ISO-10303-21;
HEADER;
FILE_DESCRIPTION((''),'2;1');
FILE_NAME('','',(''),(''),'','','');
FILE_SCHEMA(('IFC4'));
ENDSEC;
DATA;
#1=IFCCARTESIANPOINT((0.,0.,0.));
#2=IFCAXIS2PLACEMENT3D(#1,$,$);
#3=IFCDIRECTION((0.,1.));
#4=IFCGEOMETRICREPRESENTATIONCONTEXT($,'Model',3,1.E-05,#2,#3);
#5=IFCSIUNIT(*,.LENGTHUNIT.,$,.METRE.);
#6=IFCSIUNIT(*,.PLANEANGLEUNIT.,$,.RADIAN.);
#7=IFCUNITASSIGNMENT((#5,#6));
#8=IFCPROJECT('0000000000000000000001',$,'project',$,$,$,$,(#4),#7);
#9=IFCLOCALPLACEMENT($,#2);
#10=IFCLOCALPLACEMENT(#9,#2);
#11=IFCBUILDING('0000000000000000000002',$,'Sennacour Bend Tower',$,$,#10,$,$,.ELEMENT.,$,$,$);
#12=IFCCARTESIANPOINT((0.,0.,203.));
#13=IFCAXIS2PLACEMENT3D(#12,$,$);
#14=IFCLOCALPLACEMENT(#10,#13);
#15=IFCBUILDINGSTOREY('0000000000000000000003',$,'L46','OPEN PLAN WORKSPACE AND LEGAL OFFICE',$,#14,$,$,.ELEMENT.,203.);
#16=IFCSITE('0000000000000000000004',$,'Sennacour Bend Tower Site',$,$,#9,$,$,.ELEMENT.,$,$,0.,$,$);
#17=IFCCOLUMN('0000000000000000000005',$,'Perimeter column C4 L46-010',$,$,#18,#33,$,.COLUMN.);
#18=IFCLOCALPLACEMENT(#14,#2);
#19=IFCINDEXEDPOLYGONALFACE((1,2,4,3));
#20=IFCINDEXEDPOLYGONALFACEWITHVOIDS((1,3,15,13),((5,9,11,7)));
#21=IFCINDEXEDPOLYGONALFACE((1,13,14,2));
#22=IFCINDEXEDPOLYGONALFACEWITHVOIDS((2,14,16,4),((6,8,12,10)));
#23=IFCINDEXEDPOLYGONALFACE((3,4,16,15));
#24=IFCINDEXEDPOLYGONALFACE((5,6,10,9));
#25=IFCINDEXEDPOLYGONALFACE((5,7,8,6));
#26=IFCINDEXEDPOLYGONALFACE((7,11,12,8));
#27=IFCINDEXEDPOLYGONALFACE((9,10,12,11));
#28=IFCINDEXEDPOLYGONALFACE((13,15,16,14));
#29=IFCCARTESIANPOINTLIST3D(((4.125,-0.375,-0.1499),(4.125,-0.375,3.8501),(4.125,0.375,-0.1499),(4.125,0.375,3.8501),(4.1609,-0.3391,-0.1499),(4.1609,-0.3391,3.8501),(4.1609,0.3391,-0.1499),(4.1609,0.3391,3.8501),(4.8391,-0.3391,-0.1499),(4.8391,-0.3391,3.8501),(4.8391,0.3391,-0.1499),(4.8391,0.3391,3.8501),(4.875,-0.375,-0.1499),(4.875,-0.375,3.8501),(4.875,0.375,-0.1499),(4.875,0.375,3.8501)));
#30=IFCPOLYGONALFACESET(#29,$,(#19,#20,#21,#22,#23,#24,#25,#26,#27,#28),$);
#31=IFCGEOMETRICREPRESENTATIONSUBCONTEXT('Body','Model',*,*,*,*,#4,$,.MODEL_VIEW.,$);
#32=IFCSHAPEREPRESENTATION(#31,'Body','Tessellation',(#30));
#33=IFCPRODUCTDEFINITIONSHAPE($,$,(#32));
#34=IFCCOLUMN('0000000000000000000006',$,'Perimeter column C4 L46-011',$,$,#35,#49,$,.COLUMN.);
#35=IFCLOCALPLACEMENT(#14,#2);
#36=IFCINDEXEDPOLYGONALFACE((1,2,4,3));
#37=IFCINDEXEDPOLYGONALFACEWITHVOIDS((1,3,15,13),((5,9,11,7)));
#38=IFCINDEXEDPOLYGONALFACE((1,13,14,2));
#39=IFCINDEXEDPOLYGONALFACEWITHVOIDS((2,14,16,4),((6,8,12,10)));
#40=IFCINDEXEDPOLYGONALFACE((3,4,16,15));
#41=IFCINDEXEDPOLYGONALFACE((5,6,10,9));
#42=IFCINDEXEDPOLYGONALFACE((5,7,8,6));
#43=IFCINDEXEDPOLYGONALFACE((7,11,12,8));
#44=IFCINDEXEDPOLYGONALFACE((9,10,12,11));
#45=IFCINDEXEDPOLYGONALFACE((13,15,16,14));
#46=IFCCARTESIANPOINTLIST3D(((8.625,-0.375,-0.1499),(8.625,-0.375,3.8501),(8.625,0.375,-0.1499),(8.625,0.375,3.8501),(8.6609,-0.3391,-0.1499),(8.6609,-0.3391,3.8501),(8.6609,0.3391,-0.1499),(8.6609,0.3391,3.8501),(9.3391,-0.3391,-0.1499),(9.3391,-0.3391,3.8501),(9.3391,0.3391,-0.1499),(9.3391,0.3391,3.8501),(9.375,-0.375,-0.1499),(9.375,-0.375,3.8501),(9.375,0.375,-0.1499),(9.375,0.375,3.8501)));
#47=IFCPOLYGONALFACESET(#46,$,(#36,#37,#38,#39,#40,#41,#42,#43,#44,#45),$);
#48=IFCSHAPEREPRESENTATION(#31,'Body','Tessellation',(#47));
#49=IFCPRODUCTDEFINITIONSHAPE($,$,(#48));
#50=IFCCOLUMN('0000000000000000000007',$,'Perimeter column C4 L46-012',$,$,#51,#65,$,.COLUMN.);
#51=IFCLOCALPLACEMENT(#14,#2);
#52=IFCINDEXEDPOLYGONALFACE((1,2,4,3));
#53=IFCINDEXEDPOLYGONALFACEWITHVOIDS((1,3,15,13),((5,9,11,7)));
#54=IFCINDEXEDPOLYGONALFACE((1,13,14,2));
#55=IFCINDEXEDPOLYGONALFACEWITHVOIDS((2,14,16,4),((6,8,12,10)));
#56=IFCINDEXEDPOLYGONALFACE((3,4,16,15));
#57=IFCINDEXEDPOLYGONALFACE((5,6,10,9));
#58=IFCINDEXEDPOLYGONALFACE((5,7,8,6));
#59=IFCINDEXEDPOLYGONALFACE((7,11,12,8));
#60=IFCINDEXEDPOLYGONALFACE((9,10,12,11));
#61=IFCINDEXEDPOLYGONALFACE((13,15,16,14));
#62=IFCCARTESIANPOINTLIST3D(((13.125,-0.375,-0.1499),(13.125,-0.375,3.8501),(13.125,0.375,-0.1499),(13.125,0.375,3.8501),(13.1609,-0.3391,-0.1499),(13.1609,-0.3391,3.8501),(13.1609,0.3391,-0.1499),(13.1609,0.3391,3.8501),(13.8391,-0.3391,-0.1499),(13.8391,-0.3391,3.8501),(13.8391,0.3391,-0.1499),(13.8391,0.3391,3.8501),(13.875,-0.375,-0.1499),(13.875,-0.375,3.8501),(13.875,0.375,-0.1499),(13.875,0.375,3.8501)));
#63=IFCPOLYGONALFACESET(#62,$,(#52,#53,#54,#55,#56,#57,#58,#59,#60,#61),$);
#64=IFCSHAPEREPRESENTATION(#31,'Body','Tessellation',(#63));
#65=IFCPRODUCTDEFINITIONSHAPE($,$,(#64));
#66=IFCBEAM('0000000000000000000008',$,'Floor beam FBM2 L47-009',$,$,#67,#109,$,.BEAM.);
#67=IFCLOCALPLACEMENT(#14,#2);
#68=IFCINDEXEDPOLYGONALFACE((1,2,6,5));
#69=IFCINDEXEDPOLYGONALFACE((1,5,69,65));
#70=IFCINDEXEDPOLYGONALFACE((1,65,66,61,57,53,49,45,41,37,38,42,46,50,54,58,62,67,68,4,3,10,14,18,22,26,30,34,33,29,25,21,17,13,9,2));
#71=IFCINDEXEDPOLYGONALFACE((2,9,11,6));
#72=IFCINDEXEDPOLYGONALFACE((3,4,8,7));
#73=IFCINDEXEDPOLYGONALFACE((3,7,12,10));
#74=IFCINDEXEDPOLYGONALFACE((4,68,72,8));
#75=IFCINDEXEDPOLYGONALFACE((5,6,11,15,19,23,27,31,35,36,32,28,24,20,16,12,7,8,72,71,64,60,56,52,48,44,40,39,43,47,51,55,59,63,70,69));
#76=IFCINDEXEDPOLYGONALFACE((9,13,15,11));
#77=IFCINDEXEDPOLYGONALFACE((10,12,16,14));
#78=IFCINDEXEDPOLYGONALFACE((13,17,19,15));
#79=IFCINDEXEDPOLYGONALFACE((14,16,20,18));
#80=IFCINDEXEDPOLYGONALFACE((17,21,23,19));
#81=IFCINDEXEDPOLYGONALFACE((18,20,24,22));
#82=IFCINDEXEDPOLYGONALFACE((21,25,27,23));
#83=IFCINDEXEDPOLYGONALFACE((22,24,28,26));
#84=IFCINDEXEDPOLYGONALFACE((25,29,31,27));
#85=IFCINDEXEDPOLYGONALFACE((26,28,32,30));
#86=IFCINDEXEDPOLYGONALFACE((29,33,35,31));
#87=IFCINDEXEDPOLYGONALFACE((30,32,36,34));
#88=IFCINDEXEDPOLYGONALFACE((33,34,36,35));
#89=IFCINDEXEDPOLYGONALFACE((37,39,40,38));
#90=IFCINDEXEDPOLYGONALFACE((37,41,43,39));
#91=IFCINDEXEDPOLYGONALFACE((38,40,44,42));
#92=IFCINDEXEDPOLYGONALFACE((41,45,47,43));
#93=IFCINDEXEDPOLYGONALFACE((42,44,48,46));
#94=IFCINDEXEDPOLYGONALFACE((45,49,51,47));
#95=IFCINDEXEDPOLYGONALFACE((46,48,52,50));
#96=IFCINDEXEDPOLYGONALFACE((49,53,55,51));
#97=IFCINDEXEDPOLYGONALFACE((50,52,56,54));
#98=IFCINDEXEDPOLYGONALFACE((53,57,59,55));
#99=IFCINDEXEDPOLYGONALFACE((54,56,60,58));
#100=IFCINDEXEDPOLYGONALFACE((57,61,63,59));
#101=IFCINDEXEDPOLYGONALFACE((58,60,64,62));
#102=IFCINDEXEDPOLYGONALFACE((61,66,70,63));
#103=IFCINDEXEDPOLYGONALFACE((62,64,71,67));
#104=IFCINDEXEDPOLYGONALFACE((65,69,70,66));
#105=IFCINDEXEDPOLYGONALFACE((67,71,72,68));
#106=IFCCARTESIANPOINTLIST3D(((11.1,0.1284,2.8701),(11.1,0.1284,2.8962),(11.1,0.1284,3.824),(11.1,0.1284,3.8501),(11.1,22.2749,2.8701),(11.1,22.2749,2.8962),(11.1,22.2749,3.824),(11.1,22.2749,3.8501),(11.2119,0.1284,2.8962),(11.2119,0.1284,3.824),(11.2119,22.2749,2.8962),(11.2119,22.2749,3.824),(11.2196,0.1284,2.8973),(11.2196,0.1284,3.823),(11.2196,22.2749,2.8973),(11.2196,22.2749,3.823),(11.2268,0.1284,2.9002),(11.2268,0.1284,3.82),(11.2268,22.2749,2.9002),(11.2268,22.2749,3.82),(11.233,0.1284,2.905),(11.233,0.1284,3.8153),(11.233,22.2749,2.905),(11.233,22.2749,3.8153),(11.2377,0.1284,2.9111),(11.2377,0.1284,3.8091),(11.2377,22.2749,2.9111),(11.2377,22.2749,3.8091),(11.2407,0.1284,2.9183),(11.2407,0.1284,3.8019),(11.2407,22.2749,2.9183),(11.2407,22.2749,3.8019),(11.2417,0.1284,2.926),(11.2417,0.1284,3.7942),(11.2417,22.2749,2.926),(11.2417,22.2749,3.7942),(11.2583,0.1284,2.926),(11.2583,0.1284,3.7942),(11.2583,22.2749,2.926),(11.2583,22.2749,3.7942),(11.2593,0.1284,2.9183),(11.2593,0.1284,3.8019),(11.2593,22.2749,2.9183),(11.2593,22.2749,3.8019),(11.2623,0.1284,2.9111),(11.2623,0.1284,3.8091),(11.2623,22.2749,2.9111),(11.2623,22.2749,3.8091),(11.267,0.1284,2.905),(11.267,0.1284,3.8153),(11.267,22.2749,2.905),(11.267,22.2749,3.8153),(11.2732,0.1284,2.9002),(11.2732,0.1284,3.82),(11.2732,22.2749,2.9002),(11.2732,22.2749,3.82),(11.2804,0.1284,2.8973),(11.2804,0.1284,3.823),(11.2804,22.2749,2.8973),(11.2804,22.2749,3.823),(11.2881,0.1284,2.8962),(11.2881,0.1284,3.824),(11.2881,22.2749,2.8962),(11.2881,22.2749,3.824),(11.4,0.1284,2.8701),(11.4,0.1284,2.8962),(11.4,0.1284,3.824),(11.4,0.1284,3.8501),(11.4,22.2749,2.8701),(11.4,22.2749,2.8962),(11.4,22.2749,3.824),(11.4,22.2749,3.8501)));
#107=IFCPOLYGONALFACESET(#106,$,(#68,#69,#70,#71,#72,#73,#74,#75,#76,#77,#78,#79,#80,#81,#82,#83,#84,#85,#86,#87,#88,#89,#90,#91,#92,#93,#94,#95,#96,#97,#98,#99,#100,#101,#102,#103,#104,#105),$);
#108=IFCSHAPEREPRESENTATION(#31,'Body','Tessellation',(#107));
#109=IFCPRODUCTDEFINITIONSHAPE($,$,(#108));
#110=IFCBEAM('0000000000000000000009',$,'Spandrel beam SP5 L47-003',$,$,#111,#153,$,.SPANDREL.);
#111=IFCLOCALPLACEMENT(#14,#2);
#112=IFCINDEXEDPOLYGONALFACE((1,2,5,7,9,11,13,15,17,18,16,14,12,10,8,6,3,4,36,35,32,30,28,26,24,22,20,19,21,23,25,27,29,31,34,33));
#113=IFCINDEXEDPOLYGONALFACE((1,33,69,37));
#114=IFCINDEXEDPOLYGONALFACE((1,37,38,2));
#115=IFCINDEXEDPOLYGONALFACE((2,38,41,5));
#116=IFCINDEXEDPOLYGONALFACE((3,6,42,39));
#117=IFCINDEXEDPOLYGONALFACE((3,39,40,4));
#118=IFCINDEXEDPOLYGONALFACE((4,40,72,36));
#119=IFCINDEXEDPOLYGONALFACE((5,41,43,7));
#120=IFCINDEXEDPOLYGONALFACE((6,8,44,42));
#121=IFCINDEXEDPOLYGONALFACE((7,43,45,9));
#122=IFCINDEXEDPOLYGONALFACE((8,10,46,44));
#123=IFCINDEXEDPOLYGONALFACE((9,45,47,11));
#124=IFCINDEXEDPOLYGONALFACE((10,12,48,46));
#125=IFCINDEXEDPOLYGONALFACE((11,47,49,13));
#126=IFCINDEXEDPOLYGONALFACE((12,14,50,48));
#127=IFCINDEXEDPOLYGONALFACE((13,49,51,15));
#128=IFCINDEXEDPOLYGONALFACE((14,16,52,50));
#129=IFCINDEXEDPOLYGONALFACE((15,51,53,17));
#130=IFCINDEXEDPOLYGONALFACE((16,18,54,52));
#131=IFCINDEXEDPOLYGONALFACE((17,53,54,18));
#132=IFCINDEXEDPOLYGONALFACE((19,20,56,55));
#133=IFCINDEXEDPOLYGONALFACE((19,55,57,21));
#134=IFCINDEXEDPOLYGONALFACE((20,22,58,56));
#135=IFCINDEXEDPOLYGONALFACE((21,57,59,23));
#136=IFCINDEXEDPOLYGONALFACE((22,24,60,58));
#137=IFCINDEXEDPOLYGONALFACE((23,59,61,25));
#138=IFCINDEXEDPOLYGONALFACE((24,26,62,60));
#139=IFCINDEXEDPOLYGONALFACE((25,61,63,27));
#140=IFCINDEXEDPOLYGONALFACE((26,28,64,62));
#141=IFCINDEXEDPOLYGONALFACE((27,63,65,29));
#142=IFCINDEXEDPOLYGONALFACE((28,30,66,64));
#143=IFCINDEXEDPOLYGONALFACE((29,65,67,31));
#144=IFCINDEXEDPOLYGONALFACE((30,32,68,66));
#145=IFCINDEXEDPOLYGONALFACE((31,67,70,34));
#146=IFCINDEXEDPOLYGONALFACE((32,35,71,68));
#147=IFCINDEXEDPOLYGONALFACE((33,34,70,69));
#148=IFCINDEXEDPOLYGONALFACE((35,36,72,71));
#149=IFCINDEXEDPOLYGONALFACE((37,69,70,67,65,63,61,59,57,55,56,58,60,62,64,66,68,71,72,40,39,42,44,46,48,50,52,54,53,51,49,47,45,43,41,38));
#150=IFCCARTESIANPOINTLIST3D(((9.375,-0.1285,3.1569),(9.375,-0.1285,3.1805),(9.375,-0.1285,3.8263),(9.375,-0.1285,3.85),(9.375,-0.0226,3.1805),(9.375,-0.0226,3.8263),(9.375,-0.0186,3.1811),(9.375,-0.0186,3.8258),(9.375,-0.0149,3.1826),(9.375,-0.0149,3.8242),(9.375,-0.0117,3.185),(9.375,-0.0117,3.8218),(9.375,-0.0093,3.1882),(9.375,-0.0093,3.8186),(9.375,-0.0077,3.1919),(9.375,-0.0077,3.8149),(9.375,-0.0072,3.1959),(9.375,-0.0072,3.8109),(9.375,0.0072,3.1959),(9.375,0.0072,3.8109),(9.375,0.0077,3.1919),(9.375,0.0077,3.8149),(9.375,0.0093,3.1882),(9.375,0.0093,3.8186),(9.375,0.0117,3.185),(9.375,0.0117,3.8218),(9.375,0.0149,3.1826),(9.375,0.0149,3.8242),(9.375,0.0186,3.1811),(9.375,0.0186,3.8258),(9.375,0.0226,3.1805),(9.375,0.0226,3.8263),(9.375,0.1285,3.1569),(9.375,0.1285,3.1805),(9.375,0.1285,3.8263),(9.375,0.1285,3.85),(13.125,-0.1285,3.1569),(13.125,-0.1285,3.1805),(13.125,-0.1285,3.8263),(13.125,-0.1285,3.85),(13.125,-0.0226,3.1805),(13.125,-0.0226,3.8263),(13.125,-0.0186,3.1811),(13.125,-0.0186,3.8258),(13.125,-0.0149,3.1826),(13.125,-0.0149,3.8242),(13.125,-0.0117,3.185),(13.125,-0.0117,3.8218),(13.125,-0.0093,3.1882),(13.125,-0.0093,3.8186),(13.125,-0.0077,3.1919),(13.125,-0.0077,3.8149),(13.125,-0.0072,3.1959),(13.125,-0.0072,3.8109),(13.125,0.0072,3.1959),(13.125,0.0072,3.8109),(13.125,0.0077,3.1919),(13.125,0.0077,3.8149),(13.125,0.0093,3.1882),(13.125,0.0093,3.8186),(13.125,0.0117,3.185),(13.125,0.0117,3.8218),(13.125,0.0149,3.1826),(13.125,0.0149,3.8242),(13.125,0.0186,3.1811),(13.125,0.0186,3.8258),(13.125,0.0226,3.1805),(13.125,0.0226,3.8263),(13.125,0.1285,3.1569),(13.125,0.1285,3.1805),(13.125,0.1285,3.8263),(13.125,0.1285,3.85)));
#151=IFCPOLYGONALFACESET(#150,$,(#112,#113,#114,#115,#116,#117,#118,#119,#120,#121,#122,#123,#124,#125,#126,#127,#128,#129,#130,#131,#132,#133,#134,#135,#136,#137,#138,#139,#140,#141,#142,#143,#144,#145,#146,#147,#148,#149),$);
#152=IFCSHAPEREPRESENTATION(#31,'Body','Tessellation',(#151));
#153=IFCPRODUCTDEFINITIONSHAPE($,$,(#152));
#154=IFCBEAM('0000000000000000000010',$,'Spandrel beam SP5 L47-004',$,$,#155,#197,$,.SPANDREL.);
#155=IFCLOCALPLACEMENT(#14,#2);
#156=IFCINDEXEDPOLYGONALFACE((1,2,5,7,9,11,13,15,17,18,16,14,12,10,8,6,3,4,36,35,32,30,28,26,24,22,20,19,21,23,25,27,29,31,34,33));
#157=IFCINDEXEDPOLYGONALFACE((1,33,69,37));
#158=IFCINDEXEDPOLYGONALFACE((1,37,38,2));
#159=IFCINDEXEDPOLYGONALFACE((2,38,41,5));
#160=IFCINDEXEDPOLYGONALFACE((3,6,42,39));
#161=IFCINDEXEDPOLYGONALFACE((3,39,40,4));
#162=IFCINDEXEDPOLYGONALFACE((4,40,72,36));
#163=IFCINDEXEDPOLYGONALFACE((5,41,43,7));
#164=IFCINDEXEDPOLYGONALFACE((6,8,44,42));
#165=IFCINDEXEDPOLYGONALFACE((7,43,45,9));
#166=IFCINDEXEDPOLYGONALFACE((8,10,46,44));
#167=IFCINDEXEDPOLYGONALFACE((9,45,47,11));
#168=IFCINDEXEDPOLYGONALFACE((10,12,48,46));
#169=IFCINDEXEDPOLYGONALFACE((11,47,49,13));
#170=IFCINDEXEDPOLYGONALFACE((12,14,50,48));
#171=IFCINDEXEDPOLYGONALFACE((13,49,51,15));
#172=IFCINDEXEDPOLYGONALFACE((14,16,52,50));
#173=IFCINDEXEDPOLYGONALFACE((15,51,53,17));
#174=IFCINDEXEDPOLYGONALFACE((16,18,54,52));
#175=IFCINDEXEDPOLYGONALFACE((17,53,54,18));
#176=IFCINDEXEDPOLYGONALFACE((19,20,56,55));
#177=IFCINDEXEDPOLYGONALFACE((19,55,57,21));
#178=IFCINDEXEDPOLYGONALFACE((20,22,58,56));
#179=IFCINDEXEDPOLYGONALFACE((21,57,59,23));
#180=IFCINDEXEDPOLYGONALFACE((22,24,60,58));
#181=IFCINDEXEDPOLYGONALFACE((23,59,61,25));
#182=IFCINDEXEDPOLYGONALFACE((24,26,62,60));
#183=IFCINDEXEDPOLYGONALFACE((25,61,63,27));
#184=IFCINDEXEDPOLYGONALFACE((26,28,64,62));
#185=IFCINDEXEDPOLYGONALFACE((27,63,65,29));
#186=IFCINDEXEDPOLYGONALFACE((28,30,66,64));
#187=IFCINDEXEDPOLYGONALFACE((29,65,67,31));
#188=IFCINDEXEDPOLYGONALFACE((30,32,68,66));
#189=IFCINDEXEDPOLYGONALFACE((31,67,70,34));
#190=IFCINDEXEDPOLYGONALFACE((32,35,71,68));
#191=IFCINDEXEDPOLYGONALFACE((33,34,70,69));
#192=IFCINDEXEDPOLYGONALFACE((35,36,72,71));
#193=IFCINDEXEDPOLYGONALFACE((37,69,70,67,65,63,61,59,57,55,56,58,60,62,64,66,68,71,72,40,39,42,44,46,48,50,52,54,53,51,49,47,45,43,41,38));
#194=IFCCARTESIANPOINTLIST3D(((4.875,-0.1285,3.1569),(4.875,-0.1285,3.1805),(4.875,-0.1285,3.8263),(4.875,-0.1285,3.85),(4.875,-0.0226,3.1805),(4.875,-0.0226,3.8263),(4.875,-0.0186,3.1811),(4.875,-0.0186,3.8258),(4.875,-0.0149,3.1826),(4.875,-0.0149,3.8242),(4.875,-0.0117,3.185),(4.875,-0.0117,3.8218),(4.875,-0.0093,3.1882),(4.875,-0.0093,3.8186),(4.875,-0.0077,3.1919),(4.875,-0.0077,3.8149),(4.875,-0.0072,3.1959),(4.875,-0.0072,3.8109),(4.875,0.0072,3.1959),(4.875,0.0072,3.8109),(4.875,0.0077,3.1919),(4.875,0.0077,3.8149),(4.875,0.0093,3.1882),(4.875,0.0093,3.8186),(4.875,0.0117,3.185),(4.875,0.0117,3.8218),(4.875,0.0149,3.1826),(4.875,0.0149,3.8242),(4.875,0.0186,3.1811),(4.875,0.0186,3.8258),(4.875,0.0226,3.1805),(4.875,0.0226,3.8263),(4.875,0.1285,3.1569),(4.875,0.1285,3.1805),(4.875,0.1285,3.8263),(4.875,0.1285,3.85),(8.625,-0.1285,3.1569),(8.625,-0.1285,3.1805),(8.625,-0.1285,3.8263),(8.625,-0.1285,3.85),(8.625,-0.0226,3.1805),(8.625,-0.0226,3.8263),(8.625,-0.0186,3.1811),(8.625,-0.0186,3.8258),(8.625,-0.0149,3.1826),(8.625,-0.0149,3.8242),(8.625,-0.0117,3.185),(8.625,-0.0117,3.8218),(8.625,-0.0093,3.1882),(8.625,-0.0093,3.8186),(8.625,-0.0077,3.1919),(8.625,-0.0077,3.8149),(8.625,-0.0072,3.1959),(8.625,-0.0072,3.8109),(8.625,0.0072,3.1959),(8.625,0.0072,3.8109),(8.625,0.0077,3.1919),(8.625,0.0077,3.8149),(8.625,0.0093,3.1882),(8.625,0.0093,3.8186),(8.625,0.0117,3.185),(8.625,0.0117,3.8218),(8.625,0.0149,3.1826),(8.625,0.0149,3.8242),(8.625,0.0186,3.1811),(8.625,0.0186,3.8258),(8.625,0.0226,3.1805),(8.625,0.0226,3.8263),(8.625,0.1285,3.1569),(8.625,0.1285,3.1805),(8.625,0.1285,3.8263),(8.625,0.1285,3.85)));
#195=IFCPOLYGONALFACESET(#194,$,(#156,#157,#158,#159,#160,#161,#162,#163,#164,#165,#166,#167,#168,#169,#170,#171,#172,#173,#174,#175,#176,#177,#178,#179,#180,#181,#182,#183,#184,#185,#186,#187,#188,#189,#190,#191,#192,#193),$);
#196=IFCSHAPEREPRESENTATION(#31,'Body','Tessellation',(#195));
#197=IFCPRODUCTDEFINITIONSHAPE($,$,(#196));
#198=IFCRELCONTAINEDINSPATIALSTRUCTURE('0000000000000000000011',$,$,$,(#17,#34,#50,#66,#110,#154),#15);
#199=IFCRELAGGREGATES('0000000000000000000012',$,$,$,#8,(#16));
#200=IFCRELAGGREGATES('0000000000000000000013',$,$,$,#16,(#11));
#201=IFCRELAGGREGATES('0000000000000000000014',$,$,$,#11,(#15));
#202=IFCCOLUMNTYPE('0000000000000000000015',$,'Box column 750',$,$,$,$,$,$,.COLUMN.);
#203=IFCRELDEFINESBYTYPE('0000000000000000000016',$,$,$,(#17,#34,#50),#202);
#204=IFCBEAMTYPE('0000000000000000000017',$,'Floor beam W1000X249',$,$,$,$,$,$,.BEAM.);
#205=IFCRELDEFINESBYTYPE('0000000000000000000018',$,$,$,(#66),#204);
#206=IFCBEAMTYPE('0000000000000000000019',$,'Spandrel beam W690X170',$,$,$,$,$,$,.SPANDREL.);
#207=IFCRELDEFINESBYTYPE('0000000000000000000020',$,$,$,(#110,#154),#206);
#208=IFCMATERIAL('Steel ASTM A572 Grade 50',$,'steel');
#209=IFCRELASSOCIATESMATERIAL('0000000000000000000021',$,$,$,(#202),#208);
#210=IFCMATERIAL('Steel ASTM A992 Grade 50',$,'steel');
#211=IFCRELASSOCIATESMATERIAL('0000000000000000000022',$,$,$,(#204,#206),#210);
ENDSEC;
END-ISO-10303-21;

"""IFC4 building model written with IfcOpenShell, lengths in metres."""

from ifc_helpers import new_model, si_unit, direction, frame, origin, origin_2d, place, context, subcontext, project, spatial, hollow_rectangle, i_section, extrude, material, material_profile, profile_set, type_object, element, save


model = new_model("IFC4")

# Units and contexts
model_context = context("Model", 3, precision=1e-05, world=origin(), true_north=direction((0.0, 1.0)))
body_context = subcontext(model_context, "Body", "Model", "MODEL_VIEW")
ifc_project = project(units=[si_unit("LENGTHUNIT", "METRE"), si_unit("PLANEANGLEUNIT", "RADIAN")], contexts=[model_context])

# Site, building, storey
site_placement = place(None, origin())
site = spatial("IfcSite", under=ifc_project, at=site_placement, Name="Sennacour Bend Tower Site", CompositionType="ELEMENT", RefElevation=0.0)
building_placement = place(site_placement, origin())
building = spatial("IfcBuilding", under=site, at=building_placement, Name="Sennacour Bend Tower", CompositionType="ELEMENT")
storey_placement = place(building_placement, frame((0.0, 0.0, 203.0)))
storey = spatial("IfcBuildingStorey", under=building, at=storey_placement, Name="L46", Description="OPEN PLAN WORKSPACE AND LEGAL OFFICE", CompositionType="ELEMENT", Elevation=203.0)

# Columns
ifc_material_1 = material(Name="Steel ASTM A572 Grade 50", Category="steel")
ifc_material_profile_1 = material_profile(ifc_material_1, hollow_rectangle(XDim=0.75, YDim=0.75, WallThickness=0.0359, at=origin_2d()), Name="Steel ASTM A572 Grade 50", Category="steel")
ifc_profile_set_1 = profile_set([ifc_material_profile_1], Name="Steel ASTM A572 Grade 50")
column_type = type_object("IfcColumnType", Name="Box column 750", PredefinedType="COLUMN", material=ifc_profile_set_1)
for number, where, z_axis, x_axis, name in (
    (1, (4.5, 0.0, -0.1499), (0.0, 0.0, 1.0), (1.0, 0.0, 0.0), "Perimeter column C4 L46-010"),
    (2, (9.0, 0.0, -0.1499), (0.0, 0.0, 1.0), (1.0, 0.0, 0.0), "Perimeter column C4 L46-011"),
    (3, (13.5, 0.0, -0.1499), (0.0, 0.0, 1.0), (1.0, 0.0, 0.0), "Perimeter column C4 L46-012"),
):
    element("IfcColumn", number, at=place(storey_placement, frame(where, z_axis=z_axis, x_axis=x_axis)), inside=storey, type_object=column_type, Name=name, PredefinedType="COLUMN", context=body_context, shape_type="SweptSolid", body=[
        extrude(hollow_rectangle(XDim=0.75, YDim=0.75, WallThickness=0.0359, at=origin_2d()), origin(), (0.0, 0.0, 1.0), 4.0),
    ])

# Beams
ifc_material_2 = material(Name="Steel ASTM A992 Grade 50", Category="steel")
ifc_material_profile_2 = material_profile(ifc_material_2, i_section(OverallWidth=0.3, OverallDepth=0.98, WebThickness=0.0166, FlangeThickness=0.0261, FilletRadius=0.0298, at=origin_2d()), Name="Steel ASTM A992 Grade 50", Category="steel")
ifc_profile_set_2 = profile_set([ifc_material_profile_2], Name="Steel ASTM A992 Grade 50")
beam_type_1 = type_object("IfcBeamType", Name="Floor beam W1000X249", PredefinedType="BEAM", material=ifc_profile_set_2)
beam_placement = place(storey_placement, frame((11.25, 0.1284, 3.3601), z_axis=(0.0, 1.0, 0.0), x_axis=(-1.0, 0.0, 0.0)))
element("IfcBeam", 4, at=beam_placement, inside=storey, type_object=beam_type_1, Name="Floor beam FBM2 L47-009", PredefinedType="BEAM", context=body_context, shape_type="SweptSolid", body=[
    extrude(i_section(OverallWidth=0.3, OverallDepth=0.98, WebThickness=0.0166, FlangeThickness=0.0261, FilletRadius=0.0298, at=origin_2d()), origin(), (0.0, 0.0, 1.0), 22.1465),
])
ifc_material_profile_3 = material_profile(ifc_material_2, i_section(OverallWidth=0.2571, OverallDepth=0.6931, WebThickness=0.0144, FlangeThickness=0.0237, FilletRadius=0.0154, at=origin_2d()), Name="Steel ASTM A992 Grade 50", Category="steel")
ifc_profile_set_3 = profile_set([ifc_material_profile_3], Name="Steel ASTM A992 Grade 50")
beam_type_2 = type_object("IfcBeamType", Name="Spandrel beam W690X170", PredefinedType="SPANDREL", material=ifc_profile_set_3)
for number, where, z_axis, x_axis, name in (
    (5, (13.125, 0.0, 3.5034), (-1.0, 0.0, 0.0), (0.0, -1.0, 0.0), "Spandrel beam SP5 L47-003"),
    (6, (8.625, 0.0, 3.5034), (-1.0, 0.0, 0.0), (0.0, -1.0, 0.0), "Spandrel beam SP5 L47-004"),
):
    element("IfcBeam", number, at=place(storey_placement, frame(where, z_axis=z_axis, x_axis=x_axis)), inside=storey, type_object=beam_type_2, Name=name, PredefinedType="SPANDREL", context=body_context, shape_type="SweptSolid", body=[
        extrude(i_section(OverallWidth=0.2571, OverallDepth=0.6931, WebThickness=0.0144, FlangeThickness=0.0237, FilletRadius=0.0154, at=origin_2d()), origin(), (0.0, 0.0, 1.0), 3.75),
    ])

save(model, "model.ifc")
